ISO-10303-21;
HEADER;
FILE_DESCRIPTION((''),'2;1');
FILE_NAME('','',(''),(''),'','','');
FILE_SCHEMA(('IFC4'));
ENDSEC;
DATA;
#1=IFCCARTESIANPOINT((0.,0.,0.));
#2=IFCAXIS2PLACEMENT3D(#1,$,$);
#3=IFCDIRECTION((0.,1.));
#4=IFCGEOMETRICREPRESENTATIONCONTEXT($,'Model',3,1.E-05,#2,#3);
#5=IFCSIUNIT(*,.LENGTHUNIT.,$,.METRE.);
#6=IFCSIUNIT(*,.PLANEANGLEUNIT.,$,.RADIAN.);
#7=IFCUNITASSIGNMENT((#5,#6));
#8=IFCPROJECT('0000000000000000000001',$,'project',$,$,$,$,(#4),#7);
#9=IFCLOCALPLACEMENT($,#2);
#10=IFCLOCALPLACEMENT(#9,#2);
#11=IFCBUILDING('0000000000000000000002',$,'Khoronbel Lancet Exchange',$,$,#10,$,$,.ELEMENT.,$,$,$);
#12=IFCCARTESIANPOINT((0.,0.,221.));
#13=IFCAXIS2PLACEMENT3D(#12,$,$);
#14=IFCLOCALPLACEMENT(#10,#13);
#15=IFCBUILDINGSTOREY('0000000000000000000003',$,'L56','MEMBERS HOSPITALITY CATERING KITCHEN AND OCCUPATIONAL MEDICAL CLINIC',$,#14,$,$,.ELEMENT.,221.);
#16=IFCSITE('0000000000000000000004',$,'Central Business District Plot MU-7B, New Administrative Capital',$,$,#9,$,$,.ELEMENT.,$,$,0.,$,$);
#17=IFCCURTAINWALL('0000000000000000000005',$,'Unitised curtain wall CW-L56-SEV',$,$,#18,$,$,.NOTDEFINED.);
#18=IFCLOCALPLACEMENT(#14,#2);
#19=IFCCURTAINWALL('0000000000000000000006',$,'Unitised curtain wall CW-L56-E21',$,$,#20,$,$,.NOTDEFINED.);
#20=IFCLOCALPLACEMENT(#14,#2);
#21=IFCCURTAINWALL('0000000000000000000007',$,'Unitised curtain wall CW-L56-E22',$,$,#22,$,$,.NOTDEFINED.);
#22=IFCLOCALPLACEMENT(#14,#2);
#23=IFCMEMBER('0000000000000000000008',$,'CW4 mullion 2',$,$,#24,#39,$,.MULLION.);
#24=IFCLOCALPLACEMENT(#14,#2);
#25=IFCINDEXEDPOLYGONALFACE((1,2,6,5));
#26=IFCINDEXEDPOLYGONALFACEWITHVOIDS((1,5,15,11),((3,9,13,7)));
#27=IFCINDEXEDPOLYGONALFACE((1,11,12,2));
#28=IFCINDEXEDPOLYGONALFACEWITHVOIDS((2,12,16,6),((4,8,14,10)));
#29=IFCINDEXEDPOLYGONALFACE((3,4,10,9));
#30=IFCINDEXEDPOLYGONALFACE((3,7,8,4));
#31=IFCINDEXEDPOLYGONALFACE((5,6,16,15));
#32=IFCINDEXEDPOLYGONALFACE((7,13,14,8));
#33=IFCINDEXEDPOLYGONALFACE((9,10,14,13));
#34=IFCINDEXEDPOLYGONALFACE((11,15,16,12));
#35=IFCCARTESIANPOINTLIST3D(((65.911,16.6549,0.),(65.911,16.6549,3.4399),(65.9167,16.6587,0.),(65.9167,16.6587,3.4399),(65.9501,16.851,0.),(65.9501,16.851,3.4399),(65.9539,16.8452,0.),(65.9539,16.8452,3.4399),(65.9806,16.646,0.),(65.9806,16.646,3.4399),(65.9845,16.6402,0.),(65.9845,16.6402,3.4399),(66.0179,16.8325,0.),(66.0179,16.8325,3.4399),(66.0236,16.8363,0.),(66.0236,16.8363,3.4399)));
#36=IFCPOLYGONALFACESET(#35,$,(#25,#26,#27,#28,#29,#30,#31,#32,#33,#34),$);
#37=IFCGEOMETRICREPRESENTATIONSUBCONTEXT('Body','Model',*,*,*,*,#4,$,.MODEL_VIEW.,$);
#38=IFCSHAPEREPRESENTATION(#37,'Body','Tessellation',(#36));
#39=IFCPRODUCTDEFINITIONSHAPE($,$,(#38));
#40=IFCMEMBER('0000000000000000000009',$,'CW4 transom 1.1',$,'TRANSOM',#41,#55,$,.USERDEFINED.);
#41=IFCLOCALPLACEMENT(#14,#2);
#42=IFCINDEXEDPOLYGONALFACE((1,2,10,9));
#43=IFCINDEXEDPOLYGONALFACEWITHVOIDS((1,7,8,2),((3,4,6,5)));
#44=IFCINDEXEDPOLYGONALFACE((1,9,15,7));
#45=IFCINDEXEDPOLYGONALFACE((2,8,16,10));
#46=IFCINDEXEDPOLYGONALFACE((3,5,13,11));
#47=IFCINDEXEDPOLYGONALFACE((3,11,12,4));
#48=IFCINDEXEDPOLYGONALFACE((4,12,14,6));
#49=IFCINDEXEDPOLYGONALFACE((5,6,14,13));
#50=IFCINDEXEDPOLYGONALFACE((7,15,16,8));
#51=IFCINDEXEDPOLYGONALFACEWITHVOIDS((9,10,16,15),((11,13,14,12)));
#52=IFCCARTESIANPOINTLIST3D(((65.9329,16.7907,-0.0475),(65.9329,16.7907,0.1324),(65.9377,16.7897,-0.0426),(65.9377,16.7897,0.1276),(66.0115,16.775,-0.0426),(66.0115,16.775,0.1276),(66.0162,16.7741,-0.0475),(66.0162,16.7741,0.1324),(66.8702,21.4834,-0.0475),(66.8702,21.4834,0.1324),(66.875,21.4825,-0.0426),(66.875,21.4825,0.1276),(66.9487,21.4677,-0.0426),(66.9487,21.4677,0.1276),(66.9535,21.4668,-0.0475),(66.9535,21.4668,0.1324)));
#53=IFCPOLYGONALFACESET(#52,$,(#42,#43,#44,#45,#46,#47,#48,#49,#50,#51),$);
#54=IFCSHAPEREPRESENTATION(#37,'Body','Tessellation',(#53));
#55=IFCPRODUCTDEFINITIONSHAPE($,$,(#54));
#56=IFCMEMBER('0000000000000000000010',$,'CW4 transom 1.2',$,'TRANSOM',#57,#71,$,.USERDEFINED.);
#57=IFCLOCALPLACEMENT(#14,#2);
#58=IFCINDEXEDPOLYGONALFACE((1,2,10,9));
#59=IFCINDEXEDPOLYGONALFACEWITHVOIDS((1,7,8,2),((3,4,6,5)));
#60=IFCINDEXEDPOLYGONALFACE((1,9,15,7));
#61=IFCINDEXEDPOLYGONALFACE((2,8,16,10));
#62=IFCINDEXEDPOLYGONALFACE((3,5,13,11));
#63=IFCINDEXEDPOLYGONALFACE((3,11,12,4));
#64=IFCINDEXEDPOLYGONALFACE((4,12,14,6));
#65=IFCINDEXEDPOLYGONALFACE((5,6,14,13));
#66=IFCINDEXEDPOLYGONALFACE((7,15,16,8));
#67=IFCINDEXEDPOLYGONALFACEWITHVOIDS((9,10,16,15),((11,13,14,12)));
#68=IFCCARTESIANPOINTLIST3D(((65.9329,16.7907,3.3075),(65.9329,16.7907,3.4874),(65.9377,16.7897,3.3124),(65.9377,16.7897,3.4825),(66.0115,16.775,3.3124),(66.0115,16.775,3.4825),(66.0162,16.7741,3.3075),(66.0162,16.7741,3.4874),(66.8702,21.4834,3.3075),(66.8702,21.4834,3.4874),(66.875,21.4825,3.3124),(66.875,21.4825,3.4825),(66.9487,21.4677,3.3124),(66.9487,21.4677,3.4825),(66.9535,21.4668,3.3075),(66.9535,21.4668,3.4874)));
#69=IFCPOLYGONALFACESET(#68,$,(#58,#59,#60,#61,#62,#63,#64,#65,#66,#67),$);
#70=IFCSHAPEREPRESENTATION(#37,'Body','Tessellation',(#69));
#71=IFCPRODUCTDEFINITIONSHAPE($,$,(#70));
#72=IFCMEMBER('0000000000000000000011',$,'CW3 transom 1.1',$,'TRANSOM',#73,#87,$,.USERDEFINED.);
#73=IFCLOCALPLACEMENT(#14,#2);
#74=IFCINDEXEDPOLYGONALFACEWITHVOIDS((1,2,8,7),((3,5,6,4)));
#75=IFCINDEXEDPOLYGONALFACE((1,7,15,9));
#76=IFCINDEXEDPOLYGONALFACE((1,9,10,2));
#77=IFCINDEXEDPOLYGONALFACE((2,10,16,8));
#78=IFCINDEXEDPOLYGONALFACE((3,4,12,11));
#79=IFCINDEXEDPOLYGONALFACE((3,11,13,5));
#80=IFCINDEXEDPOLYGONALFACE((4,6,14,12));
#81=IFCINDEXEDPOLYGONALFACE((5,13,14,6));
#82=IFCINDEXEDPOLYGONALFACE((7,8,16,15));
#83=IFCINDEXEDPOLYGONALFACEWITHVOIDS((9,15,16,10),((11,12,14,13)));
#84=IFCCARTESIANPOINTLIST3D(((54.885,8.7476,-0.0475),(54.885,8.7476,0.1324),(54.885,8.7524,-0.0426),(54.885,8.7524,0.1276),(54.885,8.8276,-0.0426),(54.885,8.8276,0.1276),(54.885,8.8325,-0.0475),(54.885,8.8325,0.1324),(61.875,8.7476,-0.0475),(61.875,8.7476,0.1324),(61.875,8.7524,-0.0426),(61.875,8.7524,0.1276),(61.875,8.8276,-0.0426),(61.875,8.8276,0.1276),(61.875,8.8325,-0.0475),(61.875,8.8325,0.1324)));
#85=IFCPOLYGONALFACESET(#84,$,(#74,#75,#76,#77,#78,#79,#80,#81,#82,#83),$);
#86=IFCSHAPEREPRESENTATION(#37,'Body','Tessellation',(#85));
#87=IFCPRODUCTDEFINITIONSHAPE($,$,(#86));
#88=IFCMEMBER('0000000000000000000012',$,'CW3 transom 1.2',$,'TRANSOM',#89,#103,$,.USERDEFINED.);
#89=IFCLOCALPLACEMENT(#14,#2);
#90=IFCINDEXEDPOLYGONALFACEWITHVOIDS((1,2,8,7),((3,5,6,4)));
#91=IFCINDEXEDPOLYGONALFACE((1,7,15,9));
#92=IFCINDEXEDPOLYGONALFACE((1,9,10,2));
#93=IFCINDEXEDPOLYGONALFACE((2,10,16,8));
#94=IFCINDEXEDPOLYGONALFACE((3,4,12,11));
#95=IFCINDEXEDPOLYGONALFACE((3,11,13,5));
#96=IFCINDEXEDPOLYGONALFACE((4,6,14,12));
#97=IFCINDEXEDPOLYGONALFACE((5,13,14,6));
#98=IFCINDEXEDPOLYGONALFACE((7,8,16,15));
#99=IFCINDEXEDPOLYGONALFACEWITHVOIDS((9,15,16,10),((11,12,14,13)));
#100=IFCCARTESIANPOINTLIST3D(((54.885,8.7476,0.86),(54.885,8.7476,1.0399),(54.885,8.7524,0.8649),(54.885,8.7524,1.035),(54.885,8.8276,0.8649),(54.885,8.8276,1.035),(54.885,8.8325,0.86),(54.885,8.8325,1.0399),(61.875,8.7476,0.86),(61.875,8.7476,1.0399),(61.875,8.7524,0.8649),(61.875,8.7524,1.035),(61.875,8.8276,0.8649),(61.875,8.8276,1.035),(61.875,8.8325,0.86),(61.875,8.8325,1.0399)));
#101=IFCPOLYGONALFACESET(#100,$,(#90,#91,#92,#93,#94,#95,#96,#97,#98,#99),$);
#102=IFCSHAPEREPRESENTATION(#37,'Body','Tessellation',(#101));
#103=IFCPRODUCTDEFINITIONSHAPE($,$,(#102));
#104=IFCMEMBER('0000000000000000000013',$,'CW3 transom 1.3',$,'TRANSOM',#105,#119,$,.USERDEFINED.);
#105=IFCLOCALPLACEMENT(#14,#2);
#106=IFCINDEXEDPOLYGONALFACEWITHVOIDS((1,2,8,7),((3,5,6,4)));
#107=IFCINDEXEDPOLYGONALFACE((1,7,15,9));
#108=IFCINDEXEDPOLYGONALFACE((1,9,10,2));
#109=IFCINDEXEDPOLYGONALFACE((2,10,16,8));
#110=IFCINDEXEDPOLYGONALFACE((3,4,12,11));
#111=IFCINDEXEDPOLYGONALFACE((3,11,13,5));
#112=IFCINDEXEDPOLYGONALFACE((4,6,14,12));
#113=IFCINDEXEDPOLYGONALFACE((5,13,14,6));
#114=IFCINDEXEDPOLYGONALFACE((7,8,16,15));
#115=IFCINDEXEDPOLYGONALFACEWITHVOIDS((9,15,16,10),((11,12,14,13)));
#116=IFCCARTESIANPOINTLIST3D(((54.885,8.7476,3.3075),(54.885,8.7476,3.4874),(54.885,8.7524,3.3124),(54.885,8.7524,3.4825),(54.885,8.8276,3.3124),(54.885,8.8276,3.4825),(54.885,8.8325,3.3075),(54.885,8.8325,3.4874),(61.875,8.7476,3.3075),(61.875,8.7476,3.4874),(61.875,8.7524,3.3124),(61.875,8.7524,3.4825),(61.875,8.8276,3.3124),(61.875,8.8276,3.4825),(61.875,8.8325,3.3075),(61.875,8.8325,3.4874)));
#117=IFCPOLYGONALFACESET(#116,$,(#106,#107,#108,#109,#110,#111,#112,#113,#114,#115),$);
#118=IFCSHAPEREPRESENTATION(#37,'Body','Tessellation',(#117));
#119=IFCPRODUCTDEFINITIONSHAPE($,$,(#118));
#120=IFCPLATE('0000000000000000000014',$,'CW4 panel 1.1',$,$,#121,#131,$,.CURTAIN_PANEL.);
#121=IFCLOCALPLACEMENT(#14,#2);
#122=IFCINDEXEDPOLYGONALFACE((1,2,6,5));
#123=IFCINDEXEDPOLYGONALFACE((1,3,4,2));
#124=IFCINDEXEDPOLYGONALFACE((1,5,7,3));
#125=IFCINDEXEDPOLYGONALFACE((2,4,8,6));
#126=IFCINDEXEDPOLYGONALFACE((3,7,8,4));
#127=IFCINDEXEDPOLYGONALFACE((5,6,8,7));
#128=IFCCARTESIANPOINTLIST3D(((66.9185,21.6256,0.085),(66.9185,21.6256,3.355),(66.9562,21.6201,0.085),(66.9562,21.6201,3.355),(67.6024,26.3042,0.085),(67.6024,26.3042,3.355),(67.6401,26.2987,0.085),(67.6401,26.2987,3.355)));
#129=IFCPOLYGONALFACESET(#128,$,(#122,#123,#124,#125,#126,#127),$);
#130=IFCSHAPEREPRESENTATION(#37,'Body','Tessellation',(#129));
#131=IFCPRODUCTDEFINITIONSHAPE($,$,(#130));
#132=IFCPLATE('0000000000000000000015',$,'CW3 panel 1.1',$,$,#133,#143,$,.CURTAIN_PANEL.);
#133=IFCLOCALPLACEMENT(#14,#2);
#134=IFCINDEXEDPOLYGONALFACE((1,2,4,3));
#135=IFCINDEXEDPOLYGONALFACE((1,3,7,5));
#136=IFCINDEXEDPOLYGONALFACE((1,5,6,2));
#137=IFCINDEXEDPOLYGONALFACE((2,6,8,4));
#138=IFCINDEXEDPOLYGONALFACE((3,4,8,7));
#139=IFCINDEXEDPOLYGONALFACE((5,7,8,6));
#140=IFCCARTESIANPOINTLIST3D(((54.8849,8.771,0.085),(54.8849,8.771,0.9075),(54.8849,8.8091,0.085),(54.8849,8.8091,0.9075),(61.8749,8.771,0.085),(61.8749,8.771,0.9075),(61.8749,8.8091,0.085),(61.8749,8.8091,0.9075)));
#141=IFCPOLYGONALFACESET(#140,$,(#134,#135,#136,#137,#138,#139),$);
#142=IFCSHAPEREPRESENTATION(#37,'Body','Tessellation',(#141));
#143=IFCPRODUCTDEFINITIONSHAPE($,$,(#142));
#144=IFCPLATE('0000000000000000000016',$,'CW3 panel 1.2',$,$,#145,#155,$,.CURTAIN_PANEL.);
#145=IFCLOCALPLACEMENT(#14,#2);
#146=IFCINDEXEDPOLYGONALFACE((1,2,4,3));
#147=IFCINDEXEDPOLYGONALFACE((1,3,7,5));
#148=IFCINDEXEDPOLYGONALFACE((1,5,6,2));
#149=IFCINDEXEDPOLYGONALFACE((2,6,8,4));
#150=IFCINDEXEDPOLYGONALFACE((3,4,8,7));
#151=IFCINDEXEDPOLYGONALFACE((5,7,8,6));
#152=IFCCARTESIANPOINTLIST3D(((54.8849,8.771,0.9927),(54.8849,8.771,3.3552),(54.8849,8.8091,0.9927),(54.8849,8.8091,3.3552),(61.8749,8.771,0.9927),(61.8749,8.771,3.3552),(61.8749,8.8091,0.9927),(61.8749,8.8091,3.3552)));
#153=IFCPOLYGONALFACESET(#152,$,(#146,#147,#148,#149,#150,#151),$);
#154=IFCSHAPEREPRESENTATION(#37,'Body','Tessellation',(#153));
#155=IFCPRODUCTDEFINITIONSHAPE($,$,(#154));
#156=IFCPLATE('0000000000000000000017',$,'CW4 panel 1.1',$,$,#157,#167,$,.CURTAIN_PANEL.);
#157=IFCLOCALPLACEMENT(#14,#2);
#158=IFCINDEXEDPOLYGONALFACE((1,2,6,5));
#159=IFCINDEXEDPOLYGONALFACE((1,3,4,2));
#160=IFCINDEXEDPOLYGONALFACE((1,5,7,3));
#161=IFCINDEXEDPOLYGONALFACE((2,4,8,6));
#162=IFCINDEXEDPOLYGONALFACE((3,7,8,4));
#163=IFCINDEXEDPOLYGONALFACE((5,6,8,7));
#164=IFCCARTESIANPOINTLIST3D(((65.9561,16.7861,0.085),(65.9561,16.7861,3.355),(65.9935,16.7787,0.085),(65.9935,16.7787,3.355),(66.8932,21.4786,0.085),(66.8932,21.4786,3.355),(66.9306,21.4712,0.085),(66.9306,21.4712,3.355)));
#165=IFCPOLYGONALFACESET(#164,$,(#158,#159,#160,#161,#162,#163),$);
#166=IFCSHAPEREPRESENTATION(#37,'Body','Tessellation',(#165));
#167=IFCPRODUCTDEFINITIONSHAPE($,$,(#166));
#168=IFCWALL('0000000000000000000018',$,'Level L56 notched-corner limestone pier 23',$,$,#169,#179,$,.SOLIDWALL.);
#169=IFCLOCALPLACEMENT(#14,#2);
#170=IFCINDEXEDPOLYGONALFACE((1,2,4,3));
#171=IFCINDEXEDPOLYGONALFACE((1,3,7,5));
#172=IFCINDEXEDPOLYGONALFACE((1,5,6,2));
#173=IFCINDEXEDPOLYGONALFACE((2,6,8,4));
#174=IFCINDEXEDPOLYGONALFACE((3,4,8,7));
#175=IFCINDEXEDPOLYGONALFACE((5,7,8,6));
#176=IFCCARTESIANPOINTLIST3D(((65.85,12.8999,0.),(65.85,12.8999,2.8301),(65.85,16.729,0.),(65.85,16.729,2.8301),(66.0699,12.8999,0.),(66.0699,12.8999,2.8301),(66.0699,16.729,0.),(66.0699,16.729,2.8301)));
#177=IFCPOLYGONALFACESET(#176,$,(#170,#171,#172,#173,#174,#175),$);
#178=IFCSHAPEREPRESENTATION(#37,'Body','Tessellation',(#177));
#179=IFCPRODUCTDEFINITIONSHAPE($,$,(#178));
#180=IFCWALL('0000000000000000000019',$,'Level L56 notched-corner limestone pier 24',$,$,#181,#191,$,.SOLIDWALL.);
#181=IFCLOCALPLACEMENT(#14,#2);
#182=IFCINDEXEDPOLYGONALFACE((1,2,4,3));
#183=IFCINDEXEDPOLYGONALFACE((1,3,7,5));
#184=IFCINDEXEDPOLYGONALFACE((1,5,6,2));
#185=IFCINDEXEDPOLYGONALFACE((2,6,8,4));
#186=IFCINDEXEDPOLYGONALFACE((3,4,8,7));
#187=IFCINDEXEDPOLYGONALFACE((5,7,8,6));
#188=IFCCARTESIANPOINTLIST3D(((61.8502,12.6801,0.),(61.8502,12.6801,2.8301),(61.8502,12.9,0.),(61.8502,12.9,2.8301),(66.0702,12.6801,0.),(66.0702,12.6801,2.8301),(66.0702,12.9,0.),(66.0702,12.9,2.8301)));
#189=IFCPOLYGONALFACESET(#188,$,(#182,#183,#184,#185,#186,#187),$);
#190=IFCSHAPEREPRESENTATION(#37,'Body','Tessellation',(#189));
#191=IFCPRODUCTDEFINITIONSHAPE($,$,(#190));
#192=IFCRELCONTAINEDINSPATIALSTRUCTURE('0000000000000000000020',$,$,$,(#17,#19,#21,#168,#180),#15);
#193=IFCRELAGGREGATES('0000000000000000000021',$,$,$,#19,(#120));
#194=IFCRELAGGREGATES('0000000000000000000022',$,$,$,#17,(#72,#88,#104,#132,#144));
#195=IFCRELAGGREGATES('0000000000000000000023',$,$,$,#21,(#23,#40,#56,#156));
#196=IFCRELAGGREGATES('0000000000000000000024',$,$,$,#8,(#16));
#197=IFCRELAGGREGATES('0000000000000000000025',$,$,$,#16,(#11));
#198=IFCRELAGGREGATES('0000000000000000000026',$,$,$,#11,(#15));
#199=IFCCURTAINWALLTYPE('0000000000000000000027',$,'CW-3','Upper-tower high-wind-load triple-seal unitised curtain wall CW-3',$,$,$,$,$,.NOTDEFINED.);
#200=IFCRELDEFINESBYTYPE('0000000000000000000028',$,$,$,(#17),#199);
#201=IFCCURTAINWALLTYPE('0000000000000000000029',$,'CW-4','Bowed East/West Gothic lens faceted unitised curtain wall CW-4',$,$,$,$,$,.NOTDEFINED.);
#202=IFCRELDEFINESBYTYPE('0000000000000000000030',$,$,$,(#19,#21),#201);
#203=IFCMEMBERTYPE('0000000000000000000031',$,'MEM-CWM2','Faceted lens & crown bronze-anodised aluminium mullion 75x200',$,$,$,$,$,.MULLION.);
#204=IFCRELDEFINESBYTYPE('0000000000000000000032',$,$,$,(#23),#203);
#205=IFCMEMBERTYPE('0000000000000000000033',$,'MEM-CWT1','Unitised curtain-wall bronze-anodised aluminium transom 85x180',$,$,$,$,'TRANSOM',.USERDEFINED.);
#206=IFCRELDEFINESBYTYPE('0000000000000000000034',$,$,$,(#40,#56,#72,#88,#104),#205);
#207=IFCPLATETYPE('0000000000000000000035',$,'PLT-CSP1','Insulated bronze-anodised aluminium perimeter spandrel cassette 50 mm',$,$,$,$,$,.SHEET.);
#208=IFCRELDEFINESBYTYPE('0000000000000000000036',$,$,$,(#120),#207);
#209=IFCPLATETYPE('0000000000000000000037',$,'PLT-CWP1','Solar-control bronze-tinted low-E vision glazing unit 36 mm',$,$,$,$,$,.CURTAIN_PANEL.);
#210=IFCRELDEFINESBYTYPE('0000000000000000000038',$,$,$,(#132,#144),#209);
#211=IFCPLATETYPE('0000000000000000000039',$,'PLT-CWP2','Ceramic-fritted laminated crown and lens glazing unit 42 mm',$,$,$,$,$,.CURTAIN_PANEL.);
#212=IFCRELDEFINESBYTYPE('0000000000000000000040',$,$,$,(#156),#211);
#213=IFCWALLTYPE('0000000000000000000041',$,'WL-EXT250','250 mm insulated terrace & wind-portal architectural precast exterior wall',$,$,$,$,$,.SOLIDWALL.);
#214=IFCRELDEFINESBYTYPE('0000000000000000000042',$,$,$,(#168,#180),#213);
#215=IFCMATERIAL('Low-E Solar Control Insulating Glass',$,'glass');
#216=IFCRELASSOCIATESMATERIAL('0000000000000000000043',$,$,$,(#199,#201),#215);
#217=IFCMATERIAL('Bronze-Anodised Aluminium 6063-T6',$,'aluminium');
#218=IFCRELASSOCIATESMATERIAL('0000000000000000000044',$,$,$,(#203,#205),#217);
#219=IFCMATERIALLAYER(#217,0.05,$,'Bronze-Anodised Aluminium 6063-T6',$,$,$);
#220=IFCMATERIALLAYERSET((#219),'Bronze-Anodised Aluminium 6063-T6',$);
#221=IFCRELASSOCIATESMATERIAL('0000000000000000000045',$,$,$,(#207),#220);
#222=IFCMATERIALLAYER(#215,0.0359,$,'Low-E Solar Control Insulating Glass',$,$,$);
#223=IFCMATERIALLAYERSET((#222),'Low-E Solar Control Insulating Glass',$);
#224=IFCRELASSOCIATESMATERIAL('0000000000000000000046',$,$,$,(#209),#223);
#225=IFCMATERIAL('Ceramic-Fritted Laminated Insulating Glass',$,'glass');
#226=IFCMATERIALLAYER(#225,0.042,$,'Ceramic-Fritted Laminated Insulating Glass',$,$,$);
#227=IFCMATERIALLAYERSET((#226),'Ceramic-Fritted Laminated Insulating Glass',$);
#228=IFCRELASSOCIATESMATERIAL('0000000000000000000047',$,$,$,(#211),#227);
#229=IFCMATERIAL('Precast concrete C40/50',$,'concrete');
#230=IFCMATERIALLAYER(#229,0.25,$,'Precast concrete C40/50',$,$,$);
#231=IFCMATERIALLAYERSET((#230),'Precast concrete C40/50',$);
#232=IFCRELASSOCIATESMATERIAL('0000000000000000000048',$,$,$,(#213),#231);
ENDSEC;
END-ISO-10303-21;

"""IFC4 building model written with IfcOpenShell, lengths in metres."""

from ifc_helpers import new_model, si_unit, direction, frame, frame_2d, origin, origin_2d, place, context, subcontext, project, spatial, rectangle, hollow_rectangle, extrude, material, layer, layer_set, material_profile, profile_set, type_object, element, aggregate, save


model = new_model("IFC4")

# Units and contexts
model_context = context("Model", 3, precision=1e-05, world=origin(), true_north=direction((0.0, 1.0)))
body_context = subcontext(model_context, "Body", "Model", "MODEL_VIEW")
ifc_project = project(units=[si_unit("LENGTHUNIT", "METRE"), si_unit("PLANEANGLEUNIT", "RADIAN")], contexts=[model_context])

# Site, building, storey
site_placement = place(None, origin())
site = spatial("IfcSite", under=ifc_project, at=site_placement, Name="Central Business District Plot MU-7B, New Administrative Capital", CompositionType="ELEMENT", RefElevation=0.0)
building_placement = place(site_placement, origin())
building = spatial("IfcBuilding", under=site, at=building_placement, Name="Khoronbel Lancet Exchange", CompositionType="ELEMENT")
storey_placement = place(building_placement, frame((0.0, 0.0, 221.0)))
storey = spatial("IfcBuildingStorey", under=building, at=storey_placement, Name="L56", Description="MEMBERS HOSPITALITY CATERING KITCHEN AND OCCUPATIONAL MEDICAL CLINIC", CompositionType="ELEMENT", Elevation=221.0)

# Shared definitions
ifc_material_1 = material(Name="Low-E Solar Control Insulating Glass", Category="glass")
curtain_wall_type_1 = type_object("IfcCurtainWallType", Name="CW-3", Description="Upper-tower high-wind-load triple-seal unitised curtain wall CW-3", PredefinedType="NOTDEFINED", material=ifc_material_1)
ifc_material_2 = material(Name="Bronze-Anodised Aluminium 6063-T6", Category="aluminium")

# Curtain wall
curtain_wall_1_placement = place(storey_placement, origin())
curtain_wall_1 = element("IfcCurtainWall", 1, at=curtain_wall_1_placement, inside=storey, type_object=curtain_wall_type_1, Name="Unitised curtain wall CW-L56-SEV", PredefinedType="NOTDEFINED")

# Curtain wall
curtain_wall_type_2 = type_object("IfcCurtainWallType", Name="CW-4", Description="Bowed East/West Gothic lens faceted unitised curtain wall CW-4", PredefinedType="NOTDEFINED", material=ifc_material_1)
curtain_wall_2_placement = place(storey_placement, origin())
curtain_wall_2 = element("IfcCurtainWall", 2, at=curtain_wall_2_placement, inside=storey, type_object=curtain_wall_type_2, Name="Unitised curtain wall CW-L56-E21", PredefinedType="NOTDEFINED")
ifc_material_profile_1 = material_profile(ifc_material_2, hollow_rectangle(XDim=0.075, YDim=0.2, WallThickness=0.0049, at=origin_2d()), Name="ALU MULLION 75x200")
ifc_profile_set_1 = profile_set([ifc_material_profile_1], Name="Bronze-Anodised Aluminium 6063-T6")
member_type_1 = type_object("IfcMemberType", Name="MEM-CWM2", Description="Faceted lens & crown bronze-anodised aluminium mullion 75x200", PredefinedType="MULLION", material=ifc_profile_set_1)

# Curtain wall, members
curtain_wall_3_placement = place(storey_placement, origin())
curtain_wall_3 = element("IfcCurtainWall", 3, at=curtain_wall_3_placement, inside=storey, type_object=curtain_wall_type_2, Name="Unitised curtain wall CW-L56-E22", PredefinedType="NOTDEFINED")
member_1_placement = place(storey_placement, frame((65.9673, 16.7456, 0.0), z_axis=(0.0, 0.0, 1.0), x_axis=(0.980637, -0.195836, 0.0)))
member_1 = element("IfcMember", 4, at=member_1_placement, type_object=member_type_1, Name="CW4 mullion 2", PredefinedType="MULLION", context=body_context, shape_type="SweptSolid", body=[
    extrude(hollow_rectangle(XDim=0.075, YDim=0.2, WallThickness=0.0049, at=origin_2d()), origin(), (0.0, 0.0, 1.0), 3.4399),
])
ifc_material_profile_2 = material_profile(ifc_material_2, hollow_rectangle(XDim=0.085, YDim=0.1799, WallThickness=0.0049, at=origin_2d()), Name="ALU TRANSOM 85x180")
ifc_profile_set_2 = profile_set([ifc_material_profile_2], Name="Bronze-Anodised Aluminium 6063-T6")
member_type_2 = type_object("IfcMemberType", Name="MEM-CWT1", Description="Unitised curtain-wall bronze-anodised aluminium transom 85x180", ElementType="TRANSOM", PredefinedType="USERDEFINED", material=ifc_profile_set_2)
member_2_placement = place(storey_placement, frame((66.9119, 21.4751, 0.0425), z_axis=(-0.195861, -0.980632, 0.0), x_axis=(0.980632, -0.195861, 0.0)))
member_2 = element("IfcMember", 5, at=member_2_placement, type_object=member_type_2, Name="CW4 transom 1.1", ObjectType="TRANSOM", PredefinedType="USERDEFINED", context=body_context, shape_type="SweptSolid", body=[
    extrude(hollow_rectangle(XDim=0.085, YDim=0.1799, WallThickness=0.0049, at=origin_2d()), origin(), (0.0, 0.0, 1.0), 4.7854),
])
member_3_placement = place(storey_placement, frame((66.9119, 21.4751, 3.3975), z_axis=(-0.195861, -0.980632, 0.0), x_axis=(0.980632, -0.195861, 0.0)))
member_3 = element("IfcMember", 6, at=member_3_placement, type_object=member_type_2, Name="CW4 transom 1.2", ObjectType="TRANSOM", PredefinedType="USERDEFINED", context=body_context, shape_type="SweptSolid", body=[
    extrude(hollow_rectangle(XDim=0.085, YDim=0.1799, WallThickness=0.0049, at=origin_2d()), origin(), (0.0, 0.0, 1.0), 4.7854),
])

# Members
member_4_placement = place(storey_placement, frame((54.885, 8.79, 0.0425), z_axis=(1.0, 0.0, 0.0), x_axis=(0.0, 1.0, 0.0)))
member_4 = element("IfcMember", 7, at=member_4_placement, type_object=member_type_2, Name="CW3 transom 1.1", ObjectType="TRANSOM", PredefinedType="USERDEFINED", context=body_context, shape_type="SweptSolid", body=[
    extrude(hollow_rectangle(XDim=0.085, YDim=0.1799, WallThickness=0.0049, at=origin_2d()), origin(), (0.0, 0.0, 1.0), 6.99),
])
member_5_placement = place(storey_placement, frame((54.885, 8.79, 0.95), z_axis=(1.0, 0.0, 0.0), x_axis=(0.0, 1.0, 0.0)))
member_5 = element("IfcMember", 8, at=member_5_placement, type_object=member_type_2, Name="CW3 transom 1.2", ObjectType="TRANSOM", PredefinedType="USERDEFINED", context=body_context, shape_type="SweptSolid", body=[
    extrude(hollow_rectangle(XDim=0.085, YDim=0.1799, WallThickness=0.0049, at=origin_2d()), origin(), (0.0, 0.0, 1.0), 6.99),
])
member_6_placement = place(storey_placement, frame((54.885, 8.79, 3.3975), z_axis=(1.0, 0.0, 0.0), x_axis=(0.0, 1.0, 0.0)))
member_6 = element("IfcMember", 9, at=member_6_placement, type_object=member_type_2, Name="CW3 transom 1.3", ObjectType="TRANSOM", PredefinedType="USERDEFINED", context=body_context, shape_type="SweptSolid", body=[
    extrude(hollow_rectangle(XDim=0.085, YDim=0.1799, WallThickness=0.0049, at=origin_2d()), origin(), (0.0, 0.0, 1.0), 6.99),
])

# Plates
ifc_layer_1 = layer(ifc_material_2, 0.05, Name="Bronze-Anodised Aluminium 6063-T6")
ifc_layer_set_1 = layer_set([ifc_layer_1], Name="Bronze-Anodised Aluminium 6063-T6")
plate_type_1 = type_object("IfcPlateType", Name="PLT-CSP1", Description="Insulated bronze-anodised aluminium perimeter spandrel cassette 50 mm", PredefinedType="SHEET", material=ifc_layer_set_1)
plate_1_placement = place(storey_placement, frame((67.2793, 23.9622, 0.085), z_axis=(0.0, 0.0, 1.0), x_axis=(-0.144641, -0.989484, 0.0)))
plate_1 = element("IfcPlate", 10, at=plate_1_placement, type_object=plate_type_1, Name="CW4 panel 1.1", PredefinedType="CURTAIN_PANEL", context=body_context, shape_type="SweptSolid", body=[
    extrude(rectangle(XDim=4.7283, YDim=0.0381, at=origin_2d()), origin(), (0.0, 0.0, 1.0), 3.27),
])
aggregate(curtain_wall_2, [plate_1])
ifc_layer_2 = layer(ifc_material_1, 0.0359, Name="Low-E Solar Control Insulating Glass")
ifc_layer_set_2 = layer_set([ifc_layer_2], Name="Low-E Solar Control Insulating Glass")
plate_type_2 = type_object("IfcPlateType", Name="PLT-CWP1", Description="Solar-control bronze-tinted low-E vision glazing unit 36 mm", PredefinedType="CURTAIN_PANEL", material=ifc_layer_set_2)
plate_2_placement = place(storey_placement, frame((58.3799, 8.79, 0.085), z_axis=(0.0, 0.0, 1.0), x_axis=(1.0, 0.0, 0.0)))
plate_2 = element("IfcPlate", 11, at=plate_2_placement, type_object=plate_type_2, Name="CW3 panel 1.1", PredefinedType="CURTAIN_PANEL", context=body_context, shape_type="SweptSolid", body=[
    extrude(rectangle(XDim=6.99, YDim=0.0381, at=origin_2d()), origin(), (0.0, 0.0, 1.0), 0.8225),
])
plate_3_placement = place(storey_placement, frame((58.3799, 8.79, 0.9927), z_axis=(0.0, 0.0, 1.0), x_axis=(1.0, 0.0, 0.0)))
plate_3 = element("IfcPlate", 12, at=plate_3_placement, type_object=plate_type_2, Name="CW3 panel 1.2", PredefinedType="CURTAIN_PANEL", context=body_context, shape_type="SweptSolid", body=[
    extrude(rectangle(XDim=6.99, YDim=0.0381, at=origin_2d()), origin(), (0.0, 0.0, 1.0), 2.3625),
])
aggregate(curtain_wall_1, [member_4, member_5, member_6, plate_2, plate_3])
ifc_material_3 = material(Name="Ceramic-Fritted Laminated Insulating Glass", Category="glass")
ifc_layer_3 = layer(ifc_material_3, 0.042, Name="Ceramic-Fritted Laminated Insulating Glass")
ifc_layer_set_3 = layer_set([ifc_layer_3], Name="Ceramic-Fritted Laminated Insulating Glass")
plate_type_3 = type_object("IfcPlateType", Name="PLT-CWP2", Description="Ceramic-fritted laminated crown and lens glazing unit 42 mm", PredefinedType="CURTAIN_PANEL", material=ifc_layer_set_3)
plate_4_placement = place(storey_placement, frame((66.4434, 19.1287, 0.085), z_axis=(0.0, 0.0, 1.0), x_axis=(-0.195836, -0.980637, 0.0)))
plate_4 = element("IfcPlate", 13, at=plate_4_placement, type_object=plate_type_3, Name="CW4 panel 1.1", PredefinedType="CURTAIN_PANEL", context=body_context, shape_type="SweptSolid", body=[
    extrude(rectangle(XDim=4.7852, YDim=0.0381, at=origin_2d()), origin(), (0.0, 0.0, 1.0), 3.27),
])
aggregate(curtain_wall_3, [member_1, member_2, member_3, plate_4])

# Walls
ifc_material_4 = material(Name="Precast concrete C40/50", Category="concrete")
ifc_layer_4 = layer(ifc_material_4, 0.25, Name="Precast concrete C40/50")
ifc_layer_set_4 = layer_set([ifc_layer_4], Name="Precast concrete C40/50")
wall_type_1 = type_object("IfcWallType", Name="WL-EXT250", Description="250 mm insulated terrace & wind-portal architectural precast exterior wall", PredefinedType="SOLIDWALL", material=ifc_layer_set_4)
wall_1_placement = place(storey_placement, frame((65.96, 16.729, 0.0), z_axis=(0.0, 0.0, 1.0), x_axis=(0.0, -1.0, 0.0)))
element("IfcWall", 14, at=wall_1_placement, inside=storey, type_object=wall_type_1, Name="Level L56 notched-corner limestone pier 23", PredefinedType="SOLIDWALL", context=body_context, shape_type="SweptSolid", body=[
    extrude(rectangle(XDim=3.8291, YDim=0.22, at=frame_2d((1.9146, 0.0))), origin(), (0.0, 0.0, 1.0), 2.8301),
])
wall_2_placement = place(storey_placement, frame((66.0701, 12.79, 0.0), z_axis=(0.0, 0.0, 1.0), x_axis=(-1.0, 0.0, 0.0)))
element("IfcWall", 15, at=wall_2_placement, inside=storey, type_object=wall_type_1, Name="Level L56 notched-corner limestone pier 24", PredefinedType="SOLIDWALL", context=body_context, shape_type="SweptSolid", body=[
    extrude(rectangle(XDim=4.22, YDim=0.22, at=frame_2d((2.1099, 0.0))), origin(), (0.0, 0.0, 1.0), 2.8301),
])

save(model, "model.ifc")
